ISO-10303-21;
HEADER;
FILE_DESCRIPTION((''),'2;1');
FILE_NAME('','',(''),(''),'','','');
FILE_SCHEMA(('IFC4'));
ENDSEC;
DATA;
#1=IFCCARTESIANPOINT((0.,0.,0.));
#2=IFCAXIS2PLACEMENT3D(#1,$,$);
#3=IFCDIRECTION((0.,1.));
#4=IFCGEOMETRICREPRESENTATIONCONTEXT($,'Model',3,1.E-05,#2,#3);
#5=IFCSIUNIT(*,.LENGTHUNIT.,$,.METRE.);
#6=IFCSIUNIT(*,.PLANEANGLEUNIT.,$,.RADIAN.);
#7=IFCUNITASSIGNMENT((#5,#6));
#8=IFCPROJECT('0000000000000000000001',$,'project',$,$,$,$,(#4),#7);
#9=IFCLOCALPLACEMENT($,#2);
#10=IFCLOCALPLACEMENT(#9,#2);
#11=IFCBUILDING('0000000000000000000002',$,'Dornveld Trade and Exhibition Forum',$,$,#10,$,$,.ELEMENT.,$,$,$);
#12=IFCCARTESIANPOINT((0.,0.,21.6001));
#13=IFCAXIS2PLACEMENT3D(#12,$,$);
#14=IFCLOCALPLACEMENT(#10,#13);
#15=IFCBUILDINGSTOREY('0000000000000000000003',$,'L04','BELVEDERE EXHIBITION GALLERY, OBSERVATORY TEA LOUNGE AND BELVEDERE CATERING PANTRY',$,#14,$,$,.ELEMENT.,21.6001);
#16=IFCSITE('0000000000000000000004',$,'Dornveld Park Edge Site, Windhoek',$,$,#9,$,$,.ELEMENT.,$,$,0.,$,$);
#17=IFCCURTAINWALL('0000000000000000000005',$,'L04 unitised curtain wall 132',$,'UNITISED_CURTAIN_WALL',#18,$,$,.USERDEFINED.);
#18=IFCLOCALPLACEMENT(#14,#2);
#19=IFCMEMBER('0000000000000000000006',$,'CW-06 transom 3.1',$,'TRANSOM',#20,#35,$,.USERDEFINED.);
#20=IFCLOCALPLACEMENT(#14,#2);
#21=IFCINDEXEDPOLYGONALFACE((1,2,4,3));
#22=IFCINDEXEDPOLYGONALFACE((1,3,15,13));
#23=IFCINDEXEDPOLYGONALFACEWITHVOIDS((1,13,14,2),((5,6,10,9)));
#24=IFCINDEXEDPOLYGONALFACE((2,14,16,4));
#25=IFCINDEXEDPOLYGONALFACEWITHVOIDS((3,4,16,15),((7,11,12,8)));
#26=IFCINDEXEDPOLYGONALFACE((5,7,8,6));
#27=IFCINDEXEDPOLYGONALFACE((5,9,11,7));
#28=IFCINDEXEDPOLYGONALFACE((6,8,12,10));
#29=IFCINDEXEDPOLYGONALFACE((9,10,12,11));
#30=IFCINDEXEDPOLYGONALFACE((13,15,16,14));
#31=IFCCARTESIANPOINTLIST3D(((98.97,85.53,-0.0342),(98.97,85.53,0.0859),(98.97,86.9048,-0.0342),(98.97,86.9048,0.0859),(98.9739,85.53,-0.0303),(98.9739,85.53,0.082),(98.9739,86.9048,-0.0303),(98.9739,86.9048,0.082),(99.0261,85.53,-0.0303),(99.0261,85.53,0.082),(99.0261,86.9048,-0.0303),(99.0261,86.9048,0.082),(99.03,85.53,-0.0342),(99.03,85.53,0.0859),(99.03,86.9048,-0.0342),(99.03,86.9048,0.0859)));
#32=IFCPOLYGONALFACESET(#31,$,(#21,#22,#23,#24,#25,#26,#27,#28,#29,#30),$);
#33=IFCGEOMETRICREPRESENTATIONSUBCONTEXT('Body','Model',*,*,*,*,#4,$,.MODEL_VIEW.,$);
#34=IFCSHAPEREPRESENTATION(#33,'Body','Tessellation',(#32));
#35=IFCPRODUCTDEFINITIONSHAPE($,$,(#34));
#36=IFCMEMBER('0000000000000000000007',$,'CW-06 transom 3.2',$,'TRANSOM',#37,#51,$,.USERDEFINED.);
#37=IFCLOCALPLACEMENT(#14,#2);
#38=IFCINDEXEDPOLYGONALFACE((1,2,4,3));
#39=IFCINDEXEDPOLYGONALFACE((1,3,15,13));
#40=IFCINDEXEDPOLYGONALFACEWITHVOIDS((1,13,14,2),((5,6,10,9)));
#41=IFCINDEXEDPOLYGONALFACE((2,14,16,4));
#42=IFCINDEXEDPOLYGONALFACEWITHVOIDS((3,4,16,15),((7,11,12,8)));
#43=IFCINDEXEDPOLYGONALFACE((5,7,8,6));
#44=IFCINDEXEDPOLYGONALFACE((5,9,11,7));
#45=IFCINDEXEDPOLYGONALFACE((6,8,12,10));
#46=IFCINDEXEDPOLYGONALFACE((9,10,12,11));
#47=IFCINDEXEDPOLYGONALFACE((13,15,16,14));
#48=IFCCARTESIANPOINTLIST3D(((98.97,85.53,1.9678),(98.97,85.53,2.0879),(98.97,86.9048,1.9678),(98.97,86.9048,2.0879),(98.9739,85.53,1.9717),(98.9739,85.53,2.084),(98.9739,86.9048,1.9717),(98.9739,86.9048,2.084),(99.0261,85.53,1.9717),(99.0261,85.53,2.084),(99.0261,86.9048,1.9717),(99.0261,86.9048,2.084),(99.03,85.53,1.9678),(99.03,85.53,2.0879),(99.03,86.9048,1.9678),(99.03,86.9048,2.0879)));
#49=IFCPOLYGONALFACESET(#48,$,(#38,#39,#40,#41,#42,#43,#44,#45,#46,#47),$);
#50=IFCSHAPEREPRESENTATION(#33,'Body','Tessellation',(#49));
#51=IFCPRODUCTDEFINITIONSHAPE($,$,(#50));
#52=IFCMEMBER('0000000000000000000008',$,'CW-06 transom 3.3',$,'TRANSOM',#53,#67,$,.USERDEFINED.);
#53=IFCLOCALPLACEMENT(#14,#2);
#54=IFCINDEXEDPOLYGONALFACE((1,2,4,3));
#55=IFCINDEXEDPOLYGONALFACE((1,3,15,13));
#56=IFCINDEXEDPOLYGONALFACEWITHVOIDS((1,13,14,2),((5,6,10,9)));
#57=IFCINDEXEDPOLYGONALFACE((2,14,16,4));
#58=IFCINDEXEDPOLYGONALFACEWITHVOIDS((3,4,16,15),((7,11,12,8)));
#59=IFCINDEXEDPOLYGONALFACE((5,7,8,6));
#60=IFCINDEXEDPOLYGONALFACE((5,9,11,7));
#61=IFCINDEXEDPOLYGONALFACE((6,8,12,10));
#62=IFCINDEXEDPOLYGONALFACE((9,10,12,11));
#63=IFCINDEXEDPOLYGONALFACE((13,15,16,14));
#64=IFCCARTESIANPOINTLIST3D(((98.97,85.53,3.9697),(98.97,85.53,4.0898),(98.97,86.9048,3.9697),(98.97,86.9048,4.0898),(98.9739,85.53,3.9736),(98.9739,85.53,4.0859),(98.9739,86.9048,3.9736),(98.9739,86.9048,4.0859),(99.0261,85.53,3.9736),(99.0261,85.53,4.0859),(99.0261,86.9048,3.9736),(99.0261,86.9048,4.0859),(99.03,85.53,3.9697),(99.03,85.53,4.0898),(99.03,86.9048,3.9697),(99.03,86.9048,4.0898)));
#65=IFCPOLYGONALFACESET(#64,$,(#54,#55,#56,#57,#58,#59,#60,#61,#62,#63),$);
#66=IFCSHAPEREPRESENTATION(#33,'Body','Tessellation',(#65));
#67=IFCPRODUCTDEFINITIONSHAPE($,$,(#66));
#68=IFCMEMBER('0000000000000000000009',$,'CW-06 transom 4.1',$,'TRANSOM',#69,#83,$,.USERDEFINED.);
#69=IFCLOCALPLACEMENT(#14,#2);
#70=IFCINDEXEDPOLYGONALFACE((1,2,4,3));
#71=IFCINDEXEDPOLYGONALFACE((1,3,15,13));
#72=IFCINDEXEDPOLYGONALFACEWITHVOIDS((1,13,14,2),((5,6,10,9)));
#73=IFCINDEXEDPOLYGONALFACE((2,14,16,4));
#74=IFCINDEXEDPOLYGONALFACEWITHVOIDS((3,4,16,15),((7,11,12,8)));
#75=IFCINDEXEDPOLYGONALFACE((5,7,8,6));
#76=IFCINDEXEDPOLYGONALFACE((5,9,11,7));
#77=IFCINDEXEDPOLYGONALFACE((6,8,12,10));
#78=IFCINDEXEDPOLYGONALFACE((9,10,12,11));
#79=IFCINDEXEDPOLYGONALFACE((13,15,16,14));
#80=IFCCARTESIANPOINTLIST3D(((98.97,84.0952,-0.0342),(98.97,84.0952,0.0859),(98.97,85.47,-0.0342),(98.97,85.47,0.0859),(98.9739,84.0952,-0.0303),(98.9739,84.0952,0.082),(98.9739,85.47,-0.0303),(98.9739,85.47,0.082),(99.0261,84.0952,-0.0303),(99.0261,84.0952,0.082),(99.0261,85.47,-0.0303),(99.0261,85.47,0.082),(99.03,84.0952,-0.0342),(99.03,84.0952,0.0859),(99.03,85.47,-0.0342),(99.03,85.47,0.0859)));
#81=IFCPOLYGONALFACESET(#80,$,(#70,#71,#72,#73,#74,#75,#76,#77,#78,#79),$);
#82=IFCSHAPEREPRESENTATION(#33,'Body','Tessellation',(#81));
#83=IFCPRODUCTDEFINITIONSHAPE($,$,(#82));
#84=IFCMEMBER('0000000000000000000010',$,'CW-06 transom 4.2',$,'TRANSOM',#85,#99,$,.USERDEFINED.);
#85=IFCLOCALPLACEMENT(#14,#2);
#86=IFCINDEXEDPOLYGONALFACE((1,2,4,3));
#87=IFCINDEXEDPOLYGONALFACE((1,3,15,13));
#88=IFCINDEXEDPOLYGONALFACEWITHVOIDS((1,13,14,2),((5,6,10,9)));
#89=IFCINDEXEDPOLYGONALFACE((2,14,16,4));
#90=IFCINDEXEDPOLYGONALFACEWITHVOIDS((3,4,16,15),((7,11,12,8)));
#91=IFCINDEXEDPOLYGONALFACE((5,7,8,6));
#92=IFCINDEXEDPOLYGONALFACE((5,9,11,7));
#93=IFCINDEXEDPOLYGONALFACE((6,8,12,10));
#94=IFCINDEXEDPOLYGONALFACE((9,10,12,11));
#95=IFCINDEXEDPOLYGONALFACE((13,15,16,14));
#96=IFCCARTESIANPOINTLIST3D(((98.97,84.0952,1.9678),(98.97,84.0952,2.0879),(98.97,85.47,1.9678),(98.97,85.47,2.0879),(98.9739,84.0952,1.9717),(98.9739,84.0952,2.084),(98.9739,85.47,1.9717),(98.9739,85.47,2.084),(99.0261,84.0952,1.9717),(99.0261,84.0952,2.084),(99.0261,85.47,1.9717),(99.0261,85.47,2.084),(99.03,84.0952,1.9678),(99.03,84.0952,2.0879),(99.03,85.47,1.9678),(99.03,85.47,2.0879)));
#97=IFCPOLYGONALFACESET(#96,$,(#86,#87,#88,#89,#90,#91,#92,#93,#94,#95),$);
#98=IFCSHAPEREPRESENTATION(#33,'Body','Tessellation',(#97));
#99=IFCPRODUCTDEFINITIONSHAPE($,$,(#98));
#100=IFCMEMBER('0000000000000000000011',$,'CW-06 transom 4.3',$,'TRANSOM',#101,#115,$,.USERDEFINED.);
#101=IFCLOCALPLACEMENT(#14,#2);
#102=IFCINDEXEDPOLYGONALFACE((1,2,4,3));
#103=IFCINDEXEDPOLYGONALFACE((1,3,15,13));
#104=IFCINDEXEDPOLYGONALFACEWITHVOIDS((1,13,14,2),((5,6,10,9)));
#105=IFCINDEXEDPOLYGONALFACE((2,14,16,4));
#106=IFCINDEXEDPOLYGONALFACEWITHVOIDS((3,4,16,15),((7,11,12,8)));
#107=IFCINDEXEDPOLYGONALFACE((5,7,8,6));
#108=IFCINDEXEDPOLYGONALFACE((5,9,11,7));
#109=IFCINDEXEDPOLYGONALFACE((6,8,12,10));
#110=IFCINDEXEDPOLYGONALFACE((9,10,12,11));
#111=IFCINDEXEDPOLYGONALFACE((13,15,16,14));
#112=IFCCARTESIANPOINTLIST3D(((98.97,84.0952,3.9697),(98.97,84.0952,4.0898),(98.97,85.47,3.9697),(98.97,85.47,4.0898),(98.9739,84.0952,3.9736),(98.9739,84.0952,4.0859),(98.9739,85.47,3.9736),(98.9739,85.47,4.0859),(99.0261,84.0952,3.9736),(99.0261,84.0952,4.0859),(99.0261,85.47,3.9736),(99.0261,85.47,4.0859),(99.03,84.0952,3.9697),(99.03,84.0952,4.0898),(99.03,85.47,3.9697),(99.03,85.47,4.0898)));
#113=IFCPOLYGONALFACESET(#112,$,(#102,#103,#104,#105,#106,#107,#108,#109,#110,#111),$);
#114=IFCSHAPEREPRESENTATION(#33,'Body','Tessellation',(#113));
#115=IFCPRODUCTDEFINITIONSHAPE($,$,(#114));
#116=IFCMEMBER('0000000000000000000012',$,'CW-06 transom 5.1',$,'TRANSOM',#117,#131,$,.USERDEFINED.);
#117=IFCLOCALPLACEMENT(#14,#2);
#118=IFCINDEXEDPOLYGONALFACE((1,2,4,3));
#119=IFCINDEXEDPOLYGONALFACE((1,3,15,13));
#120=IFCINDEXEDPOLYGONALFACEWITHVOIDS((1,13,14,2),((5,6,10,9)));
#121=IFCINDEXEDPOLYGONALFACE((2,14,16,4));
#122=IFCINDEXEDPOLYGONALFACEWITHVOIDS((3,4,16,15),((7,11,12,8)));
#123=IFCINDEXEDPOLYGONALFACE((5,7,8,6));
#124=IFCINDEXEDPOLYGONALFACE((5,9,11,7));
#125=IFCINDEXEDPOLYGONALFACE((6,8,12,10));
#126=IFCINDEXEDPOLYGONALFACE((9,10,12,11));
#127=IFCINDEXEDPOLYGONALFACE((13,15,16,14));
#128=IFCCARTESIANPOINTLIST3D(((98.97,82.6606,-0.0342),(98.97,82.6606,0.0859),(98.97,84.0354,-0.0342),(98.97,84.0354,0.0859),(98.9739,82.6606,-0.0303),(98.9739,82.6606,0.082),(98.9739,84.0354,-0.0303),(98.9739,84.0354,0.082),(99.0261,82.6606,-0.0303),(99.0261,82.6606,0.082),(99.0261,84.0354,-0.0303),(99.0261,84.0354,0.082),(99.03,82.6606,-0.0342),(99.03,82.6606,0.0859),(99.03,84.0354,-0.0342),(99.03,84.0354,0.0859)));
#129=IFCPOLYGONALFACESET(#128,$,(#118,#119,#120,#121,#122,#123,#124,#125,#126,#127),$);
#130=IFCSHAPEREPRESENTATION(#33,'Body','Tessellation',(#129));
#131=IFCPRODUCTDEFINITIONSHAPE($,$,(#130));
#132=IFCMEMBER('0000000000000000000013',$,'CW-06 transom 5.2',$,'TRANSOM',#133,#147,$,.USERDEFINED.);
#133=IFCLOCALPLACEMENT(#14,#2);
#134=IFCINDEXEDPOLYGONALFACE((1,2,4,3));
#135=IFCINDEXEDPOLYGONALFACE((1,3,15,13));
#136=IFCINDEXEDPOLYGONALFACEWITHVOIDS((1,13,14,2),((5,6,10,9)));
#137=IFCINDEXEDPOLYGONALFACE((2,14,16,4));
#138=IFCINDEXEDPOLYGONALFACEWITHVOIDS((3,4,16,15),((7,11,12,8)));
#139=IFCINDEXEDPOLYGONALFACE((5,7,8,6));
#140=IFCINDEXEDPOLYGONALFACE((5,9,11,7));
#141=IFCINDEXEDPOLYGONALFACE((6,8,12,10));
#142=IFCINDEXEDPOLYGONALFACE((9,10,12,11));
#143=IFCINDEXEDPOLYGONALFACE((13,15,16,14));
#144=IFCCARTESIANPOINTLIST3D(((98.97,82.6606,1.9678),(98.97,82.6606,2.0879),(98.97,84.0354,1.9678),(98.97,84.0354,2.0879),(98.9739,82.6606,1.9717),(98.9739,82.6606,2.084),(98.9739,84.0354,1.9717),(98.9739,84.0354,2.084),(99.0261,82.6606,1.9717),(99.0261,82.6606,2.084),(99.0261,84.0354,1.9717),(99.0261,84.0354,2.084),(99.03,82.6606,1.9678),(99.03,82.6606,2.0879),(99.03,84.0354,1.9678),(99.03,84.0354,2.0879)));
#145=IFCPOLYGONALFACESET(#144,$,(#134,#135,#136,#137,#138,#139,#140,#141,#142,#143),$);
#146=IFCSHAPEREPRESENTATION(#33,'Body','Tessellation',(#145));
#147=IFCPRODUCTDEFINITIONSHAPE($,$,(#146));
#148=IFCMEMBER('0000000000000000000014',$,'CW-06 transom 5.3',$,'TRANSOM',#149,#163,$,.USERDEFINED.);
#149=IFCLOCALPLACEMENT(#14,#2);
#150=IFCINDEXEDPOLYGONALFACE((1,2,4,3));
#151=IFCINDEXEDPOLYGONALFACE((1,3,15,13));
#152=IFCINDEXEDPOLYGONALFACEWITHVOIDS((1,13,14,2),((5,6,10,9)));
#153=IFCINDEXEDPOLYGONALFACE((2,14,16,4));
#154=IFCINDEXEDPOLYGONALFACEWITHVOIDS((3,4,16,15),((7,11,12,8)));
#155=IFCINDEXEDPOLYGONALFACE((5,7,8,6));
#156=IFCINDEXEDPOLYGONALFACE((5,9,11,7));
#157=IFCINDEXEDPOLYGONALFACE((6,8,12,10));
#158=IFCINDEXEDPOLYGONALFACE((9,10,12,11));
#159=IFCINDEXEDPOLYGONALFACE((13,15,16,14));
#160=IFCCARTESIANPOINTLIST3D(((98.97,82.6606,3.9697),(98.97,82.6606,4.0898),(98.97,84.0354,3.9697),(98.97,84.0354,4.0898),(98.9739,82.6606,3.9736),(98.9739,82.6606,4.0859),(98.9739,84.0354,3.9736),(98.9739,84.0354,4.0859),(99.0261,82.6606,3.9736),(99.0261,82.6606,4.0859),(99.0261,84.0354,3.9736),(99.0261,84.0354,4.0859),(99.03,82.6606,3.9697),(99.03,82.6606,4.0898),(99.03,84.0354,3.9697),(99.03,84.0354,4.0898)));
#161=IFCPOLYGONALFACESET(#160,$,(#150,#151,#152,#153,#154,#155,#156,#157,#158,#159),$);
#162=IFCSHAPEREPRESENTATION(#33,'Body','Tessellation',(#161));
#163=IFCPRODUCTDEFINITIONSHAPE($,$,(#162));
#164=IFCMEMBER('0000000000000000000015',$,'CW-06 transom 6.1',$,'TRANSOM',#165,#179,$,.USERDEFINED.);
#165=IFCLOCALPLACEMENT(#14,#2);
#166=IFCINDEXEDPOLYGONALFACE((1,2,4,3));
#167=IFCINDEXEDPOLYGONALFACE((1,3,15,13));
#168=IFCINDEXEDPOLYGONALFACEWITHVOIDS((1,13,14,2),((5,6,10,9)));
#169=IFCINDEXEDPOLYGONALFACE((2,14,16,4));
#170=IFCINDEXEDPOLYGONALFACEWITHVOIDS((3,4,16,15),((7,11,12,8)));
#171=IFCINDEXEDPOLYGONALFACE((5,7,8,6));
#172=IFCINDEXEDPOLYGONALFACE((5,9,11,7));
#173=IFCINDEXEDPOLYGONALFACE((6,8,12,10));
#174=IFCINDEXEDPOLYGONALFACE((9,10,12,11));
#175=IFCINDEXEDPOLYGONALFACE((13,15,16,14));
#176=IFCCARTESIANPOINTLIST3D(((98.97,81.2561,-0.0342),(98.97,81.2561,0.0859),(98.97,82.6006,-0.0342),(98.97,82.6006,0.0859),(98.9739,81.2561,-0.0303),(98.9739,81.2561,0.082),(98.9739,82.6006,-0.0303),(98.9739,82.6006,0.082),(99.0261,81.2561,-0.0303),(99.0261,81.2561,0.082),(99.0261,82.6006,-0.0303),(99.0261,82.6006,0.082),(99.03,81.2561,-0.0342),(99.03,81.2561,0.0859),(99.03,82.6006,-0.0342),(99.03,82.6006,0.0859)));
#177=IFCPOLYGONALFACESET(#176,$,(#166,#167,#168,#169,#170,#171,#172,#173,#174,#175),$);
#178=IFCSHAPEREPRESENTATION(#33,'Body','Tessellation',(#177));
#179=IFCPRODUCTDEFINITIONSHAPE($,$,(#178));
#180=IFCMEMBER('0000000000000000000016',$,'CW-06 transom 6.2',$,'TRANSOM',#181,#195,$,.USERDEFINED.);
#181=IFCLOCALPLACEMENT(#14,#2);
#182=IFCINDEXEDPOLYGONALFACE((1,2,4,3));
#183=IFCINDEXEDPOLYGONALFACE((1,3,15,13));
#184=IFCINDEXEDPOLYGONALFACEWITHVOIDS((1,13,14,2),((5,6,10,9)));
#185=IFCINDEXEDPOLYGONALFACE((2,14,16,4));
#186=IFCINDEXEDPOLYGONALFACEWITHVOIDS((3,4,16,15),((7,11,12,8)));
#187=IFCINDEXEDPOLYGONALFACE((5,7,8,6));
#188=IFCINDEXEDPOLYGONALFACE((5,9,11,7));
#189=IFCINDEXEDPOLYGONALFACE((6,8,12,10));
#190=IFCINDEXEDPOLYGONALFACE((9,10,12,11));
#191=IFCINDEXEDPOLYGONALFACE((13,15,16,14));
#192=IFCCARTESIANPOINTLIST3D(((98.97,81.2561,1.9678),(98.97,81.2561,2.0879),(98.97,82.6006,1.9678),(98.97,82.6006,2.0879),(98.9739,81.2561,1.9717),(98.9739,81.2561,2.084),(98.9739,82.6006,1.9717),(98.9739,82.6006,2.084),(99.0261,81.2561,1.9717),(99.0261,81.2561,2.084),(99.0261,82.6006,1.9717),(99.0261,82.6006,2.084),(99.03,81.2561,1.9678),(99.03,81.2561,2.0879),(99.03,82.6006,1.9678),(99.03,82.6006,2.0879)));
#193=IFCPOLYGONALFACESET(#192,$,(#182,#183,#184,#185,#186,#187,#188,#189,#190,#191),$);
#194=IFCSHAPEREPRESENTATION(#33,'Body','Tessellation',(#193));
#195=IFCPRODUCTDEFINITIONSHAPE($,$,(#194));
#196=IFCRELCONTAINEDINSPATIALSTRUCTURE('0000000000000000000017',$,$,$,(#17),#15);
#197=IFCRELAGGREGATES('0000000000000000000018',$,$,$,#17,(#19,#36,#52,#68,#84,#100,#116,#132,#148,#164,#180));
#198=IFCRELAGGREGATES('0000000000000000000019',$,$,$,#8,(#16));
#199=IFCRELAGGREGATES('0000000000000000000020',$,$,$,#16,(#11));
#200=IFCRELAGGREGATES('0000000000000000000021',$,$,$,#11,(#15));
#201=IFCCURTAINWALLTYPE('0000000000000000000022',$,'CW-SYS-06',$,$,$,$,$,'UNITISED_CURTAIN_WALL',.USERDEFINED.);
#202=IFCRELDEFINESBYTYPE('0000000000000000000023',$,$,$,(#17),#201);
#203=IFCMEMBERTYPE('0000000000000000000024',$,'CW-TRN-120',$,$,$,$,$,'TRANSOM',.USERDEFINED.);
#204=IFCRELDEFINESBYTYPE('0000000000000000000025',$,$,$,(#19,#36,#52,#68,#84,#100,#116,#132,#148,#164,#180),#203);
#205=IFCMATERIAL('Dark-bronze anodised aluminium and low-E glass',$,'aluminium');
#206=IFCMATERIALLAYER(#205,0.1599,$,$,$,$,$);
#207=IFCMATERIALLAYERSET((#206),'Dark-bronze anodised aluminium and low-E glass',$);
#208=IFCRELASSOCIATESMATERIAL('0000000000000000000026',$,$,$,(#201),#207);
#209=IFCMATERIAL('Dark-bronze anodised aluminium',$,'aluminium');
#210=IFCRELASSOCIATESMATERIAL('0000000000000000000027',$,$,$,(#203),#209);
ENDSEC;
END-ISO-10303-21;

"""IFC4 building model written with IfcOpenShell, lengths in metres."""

from ifc_helpers import new_model, si_unit, direction, frame, origin, origin_2d, place, context, subcontext, project, spatial, hollow_rectangle, extrude, material, layer, layer_set, material_profile, profile_set, type_object, element, aggregate, save


model = new_model("IFC4")

# Units and contexts
model_context = context("Model", 3, precision=1e-05, world=origin(), true_north=direction((0.0, 1.0)))
body_context = subcontext(model_context, "Body", "Model", "MODEL_VIEW")
ifc_project = project(units=[si_unit("LENGTHUNIT", "METRE"), si_unit("PLANEANGLEUNIT", "RADIAN")], contexts=[model_context])

# Site, building, storey
site_placement = place(None, origin())
site = spatial("IfcSite", under=ifc_project, at=site_placement, Name="Dornveld Park Edge Site, Windhoek", CompositionType="ELEMENT", RefElevation=0.0)
building_placement = place(site_placement, origin())
building = spatial("IfcBuilding", under=site, at=building_placement, Name="Dornveld Trade and Exhibition Forum", CompositionType="ELEMENT")
storey_placement = place(building_placement, frame((0.0, 0.0, 21.6001)))
storey = spatial("IfcBuildingStorey", under=building, at=storey_placement, Name="L04", Description="BELVEDERE EXHIBITION GALLERY, OBSERVATORY TEA LOUNGE AND BELVEDERE CATERING PANTRY", CompositionType="ELEMENT", Elevation=21.6001)

# Curtain wall, members
ifc_material_1 = material(Name="Dark-bronze anodised aluminium and low-E glass", Category="aluminium")
ifc_layer_1 = layer(ifc_material_1, 0.1599)
ifc_layer_set_1 = layer_set([ifc_layer_1], Name="Dark-bronze anodised aluminium and low-E glass")
curtain_wall_type = type_object("IfcCurtainWallType", Name="CW-SYS-06", ElementType="UNITISED_CURTAIN_WALL", PredefinedType="USERDEFINED", material=ifc_layer_set_1)
curtain_wall_placement = place(storey_placement, origin())
curtain_wall = element("IfcCurtainWall", 1, at=curtain_wall_placement, inside=storey, type_object=curtain_wall_type, Name="L04 unitised curtain wall 132", ObjectType="UNITISED_CURTAIN_WALL", PredefinedType="USERDEFINED")
ifc_material_2 = material(Name="Dark-bronze anodised aluminium", Category="aluminium")
ifc_material_profile_1 = material_profile(ifc_material_2, hollow_rectangle(XDim=0.0601, YDim=0.1201, WallThickness=0.0039, at=origin_2d()), Name="RHS 120x60x4")
ifc_profile_set_1 = profile_set([ifc_material_profile_1], Name="Dark-bronze anodised aluminium")
member_type_1 = type_object("IfcMemberType", Name="CW-TRN-120", ElementType="TRANSOM", PredefinedType="USERDEFINED", material=ifc_profile_set_1)
member_1_placement = place(storey_placement, frame((99.0, 86.9048, 0.0259), z_axis=(0.0, -1.0, 0.0), x_axis=(1.0, 0.0, 0.0)))
member_1 = element("IfcMember", 2, at=member_1_placement, type_object=member_type_1, Name="CW-06 transom 3.1", ObjectType="TRANSOM", PredefinedType="USERDEFINED", context=body_context, shape_type="SweptSolid", body=[
    extrude(hollow_rectangle(XDim=0.0601, YDim=0.1201, WallThickness=0.0039, at=origin_2d()), origin(), (0.0, 0.0, 1.0), 1.3748),
])
member_2_placement = place(storey_placement, frame((99.0, 86.9048, 2.0278), z_axis=(0.0, -1.0, 0.0), x_axis=(1.0, 0.0, 0.0)))
member_2 = element("IfcMember", 3, at=member_2_placement, type_object=member_type_1, Name="CW-06 transom 3.2", ObjectType="TRANSOM", PredefinedType="USERDEFINED", context=body_context, shape_type="SweptSolid", body=[
    extrude(hollow_rectangle(XDim=0.0601, YDim=0.1201, WallThickness=0.0039, at=origin_2d()), origin(), (0.0, 0.0, 1.0), 1.3748),
])
member_3_placement = place(storey_placement, frame((99.0, 86.9048, 4.0298), z_axis=(0.0, -1.0, 0.0), x_axis=(1.0, 0.0, 0.0)))
member_3 = element("IfcMember", 4, at=member_3_placement, type_object=member_type_1, Name="CW-06 transom 3.3", ObjectType="TRANSOM", PredefinedType="USERDEFINED", context=body_context, shape_type="SweptSolid", body=[
    extrude(hollow_rectangle(XDim=0.0601, YDim=0.1201, WallThickness=0.0039, at=origin_2d()), origin(), (0.0, 0.0, 1.0), 1.3748),
])
member_4_placement = place(storey_placement, frame((99.0, 85.47, 0.0259), z_axis=(0.0, -1.0, 0.0), x_axis=(1.0, 0.0, 0.0)))
member_4 = element("IfcMember", 5, at=member_4_placement, type_object=member_type_1, Name="CW-06 transom 4.1", ObjectType="TRANSOM", PredefinedType="USERDEFINED", context=body_context, shape_type="SweptSolid", body=[
    extrude(hollow_rectangle(XDim=0.0601, YDim=0.1201, WallThickness=0.0039, at=origin_2d()), origin(), (0.0, 0.0, 1.0), 1.3748),
])
member_5_placement = place(storey_placement, frame((99.0, 85.47, 2.0278), z_axis=(0.0, -1.0, 0.0), x_axis=(1.0, 0.0, 0.0)))
member_5 = element("IfcMember", 6, at=member_5_placement, type_object=member_type_1, Name="CW-06 transom 4.2", ObjectType="TRANSOM", PredefinedType="USERDEFINED", context=body_context, shape_type="SweptSolid", body=[
    extrude(hollow_rectangle(XDim=0.0601, YDim=0.1201, WallThickness=0.0039, at=origin_2d()), origin(), (0.0, 0.0, 1.0), 1.3748),
])
member_6_placement = place(storey_placement, frame((99.0, 85.47, 4.0298), z_axis=(0.0, -1.0, 0.0), x_axis=(1.0, 0.0, 0.0)))
member_6 = element("IfcMember", 7, at=member_6_placement, type_object=member_type_1, Name="CW-06 transom 4.3", ObjectType="TRANSOM", PredefinedType="USERDEFINED", context=body_context, shape_type="SweptSolid", body=[
    extrude(hollow_rectangle(XDim=0.0601, YDim=0.1201, WallThickness=0.0039, at=origin_2d()), origin(), (0.0, 0.0, 1.0), 1.3748),
])
member_7_placement = place(storey_placement, frame((99.0, 84.0354, 0.0259), z_axis=(0.0, -1.0, 0.0), x_axis=(1.0, 0.0, 0.0)))
member_7 = element("IfcMember", 8, at=member_7_placement, type_object=member_type_1, Name="CW-06 transom 5.1", ObjectType="TRANSOM", PredefinedType="USERDEFINED", context=body_context, shape_type="SweptSolid", body=[
    extrude(hollow_rectangle(XDim=0.0601, YDim=0.1201, WallThickness=0.0039, at=origin_2d()), origin(), (0.0, 0.0, 1.0), 1.3748),
])
member_8_placement = place(storey_placement, frame((99.0, 84.0354, 2.0278), z_axis=(0.0, -1.0, 0.0), x_axis=(1.0, 0.0, 0.0)))
member_8 = element("IfcMember", 9, at=member_8_placement, type_object=member_type_1, Name="CW-06 transom 5.2", ObjectType="TRANSOM", PredefinedType="USERDEFINED", context=body_context, shape_type="SweptSolid", body=[
    extrude(hollow_rectangle(XDim=0.0601, YDim=0.1201, WallThickness=0.0039, at=origin_2d()), origin(), (0.0, 0.0, 1.0), 1.3748),
])
member_9_placement = place(storey_placement, frame((99.0, 84.0354, 4.0298), z_axis=(0.0, -1.0, 0.0), x_axis=(1.0, 0.0, 0.0)))
member_9 = element("IfcMember", 10, at=member_9_placement, type_object=member_type_1, Name="CW-06 transom 5.3", ObjectType="TRANSOM", PredefinedType="USERDEFINED", context=body_context, shape_type="SweptSolid", body=[
    extrude(hollow_rectangle(XDim=0.0601, YDim=0.1201, WallThickness=0.0039, at=origin_2d()), origin(), (0.0, 0.0, 1.0), 1.3748),
])
member_10_placement = place(storey_placement, frame((99.0, 82.6006, 0.0259), z_axis=(0.0, -1.0, 0.0), x_axis=(1.0, 0.0, 0.0)))
member_10 = element("IfcMember", 11, at=member_10_placement, type_object=member_type_1, Name="CW-06 transom 6.1", ObjectType="TRANSOM", PredefinedType="USERDEFINED", context=body_context, shape_type="SweptSolid", body=[
    extrude(hollow_rectangle(XDim=0.0601, YDim=0.1201, WallThickness=0.0039, at=origin_2d()), origin(), (0.0, 0.0, 1.0), 1.3445),
])
member_11_placement = place(storey_placement, frame((99.0, 82.6006, 2.0278), z_axis=(0.0, -1.0, 0.0), x_axis=(1.0, 0.0, 0.0)))
member_11 = element("IfcMember", 12, at=member_11_placement, type_object=member_type_1, Name="CW-06 transom 6.2", ObjectType="TRANSOM", PredefinedType="USERDEFINED", context=body_context, shape_type="SweptSolid", body=[
    extrude(hollow_rectangle(XDim=0.0601, YDim=0.1201, WallThickness=0.0039, at=origin_2d()), origin(), (0.0, 0.0, 1.0), 1.3445),
])
aggregate(curtain_wall, [member_1, member_2, member_3, member_4, member_5, member_6, member_7, member_8, member_9, member_10, member_11])

save(model, "model.ifc")
